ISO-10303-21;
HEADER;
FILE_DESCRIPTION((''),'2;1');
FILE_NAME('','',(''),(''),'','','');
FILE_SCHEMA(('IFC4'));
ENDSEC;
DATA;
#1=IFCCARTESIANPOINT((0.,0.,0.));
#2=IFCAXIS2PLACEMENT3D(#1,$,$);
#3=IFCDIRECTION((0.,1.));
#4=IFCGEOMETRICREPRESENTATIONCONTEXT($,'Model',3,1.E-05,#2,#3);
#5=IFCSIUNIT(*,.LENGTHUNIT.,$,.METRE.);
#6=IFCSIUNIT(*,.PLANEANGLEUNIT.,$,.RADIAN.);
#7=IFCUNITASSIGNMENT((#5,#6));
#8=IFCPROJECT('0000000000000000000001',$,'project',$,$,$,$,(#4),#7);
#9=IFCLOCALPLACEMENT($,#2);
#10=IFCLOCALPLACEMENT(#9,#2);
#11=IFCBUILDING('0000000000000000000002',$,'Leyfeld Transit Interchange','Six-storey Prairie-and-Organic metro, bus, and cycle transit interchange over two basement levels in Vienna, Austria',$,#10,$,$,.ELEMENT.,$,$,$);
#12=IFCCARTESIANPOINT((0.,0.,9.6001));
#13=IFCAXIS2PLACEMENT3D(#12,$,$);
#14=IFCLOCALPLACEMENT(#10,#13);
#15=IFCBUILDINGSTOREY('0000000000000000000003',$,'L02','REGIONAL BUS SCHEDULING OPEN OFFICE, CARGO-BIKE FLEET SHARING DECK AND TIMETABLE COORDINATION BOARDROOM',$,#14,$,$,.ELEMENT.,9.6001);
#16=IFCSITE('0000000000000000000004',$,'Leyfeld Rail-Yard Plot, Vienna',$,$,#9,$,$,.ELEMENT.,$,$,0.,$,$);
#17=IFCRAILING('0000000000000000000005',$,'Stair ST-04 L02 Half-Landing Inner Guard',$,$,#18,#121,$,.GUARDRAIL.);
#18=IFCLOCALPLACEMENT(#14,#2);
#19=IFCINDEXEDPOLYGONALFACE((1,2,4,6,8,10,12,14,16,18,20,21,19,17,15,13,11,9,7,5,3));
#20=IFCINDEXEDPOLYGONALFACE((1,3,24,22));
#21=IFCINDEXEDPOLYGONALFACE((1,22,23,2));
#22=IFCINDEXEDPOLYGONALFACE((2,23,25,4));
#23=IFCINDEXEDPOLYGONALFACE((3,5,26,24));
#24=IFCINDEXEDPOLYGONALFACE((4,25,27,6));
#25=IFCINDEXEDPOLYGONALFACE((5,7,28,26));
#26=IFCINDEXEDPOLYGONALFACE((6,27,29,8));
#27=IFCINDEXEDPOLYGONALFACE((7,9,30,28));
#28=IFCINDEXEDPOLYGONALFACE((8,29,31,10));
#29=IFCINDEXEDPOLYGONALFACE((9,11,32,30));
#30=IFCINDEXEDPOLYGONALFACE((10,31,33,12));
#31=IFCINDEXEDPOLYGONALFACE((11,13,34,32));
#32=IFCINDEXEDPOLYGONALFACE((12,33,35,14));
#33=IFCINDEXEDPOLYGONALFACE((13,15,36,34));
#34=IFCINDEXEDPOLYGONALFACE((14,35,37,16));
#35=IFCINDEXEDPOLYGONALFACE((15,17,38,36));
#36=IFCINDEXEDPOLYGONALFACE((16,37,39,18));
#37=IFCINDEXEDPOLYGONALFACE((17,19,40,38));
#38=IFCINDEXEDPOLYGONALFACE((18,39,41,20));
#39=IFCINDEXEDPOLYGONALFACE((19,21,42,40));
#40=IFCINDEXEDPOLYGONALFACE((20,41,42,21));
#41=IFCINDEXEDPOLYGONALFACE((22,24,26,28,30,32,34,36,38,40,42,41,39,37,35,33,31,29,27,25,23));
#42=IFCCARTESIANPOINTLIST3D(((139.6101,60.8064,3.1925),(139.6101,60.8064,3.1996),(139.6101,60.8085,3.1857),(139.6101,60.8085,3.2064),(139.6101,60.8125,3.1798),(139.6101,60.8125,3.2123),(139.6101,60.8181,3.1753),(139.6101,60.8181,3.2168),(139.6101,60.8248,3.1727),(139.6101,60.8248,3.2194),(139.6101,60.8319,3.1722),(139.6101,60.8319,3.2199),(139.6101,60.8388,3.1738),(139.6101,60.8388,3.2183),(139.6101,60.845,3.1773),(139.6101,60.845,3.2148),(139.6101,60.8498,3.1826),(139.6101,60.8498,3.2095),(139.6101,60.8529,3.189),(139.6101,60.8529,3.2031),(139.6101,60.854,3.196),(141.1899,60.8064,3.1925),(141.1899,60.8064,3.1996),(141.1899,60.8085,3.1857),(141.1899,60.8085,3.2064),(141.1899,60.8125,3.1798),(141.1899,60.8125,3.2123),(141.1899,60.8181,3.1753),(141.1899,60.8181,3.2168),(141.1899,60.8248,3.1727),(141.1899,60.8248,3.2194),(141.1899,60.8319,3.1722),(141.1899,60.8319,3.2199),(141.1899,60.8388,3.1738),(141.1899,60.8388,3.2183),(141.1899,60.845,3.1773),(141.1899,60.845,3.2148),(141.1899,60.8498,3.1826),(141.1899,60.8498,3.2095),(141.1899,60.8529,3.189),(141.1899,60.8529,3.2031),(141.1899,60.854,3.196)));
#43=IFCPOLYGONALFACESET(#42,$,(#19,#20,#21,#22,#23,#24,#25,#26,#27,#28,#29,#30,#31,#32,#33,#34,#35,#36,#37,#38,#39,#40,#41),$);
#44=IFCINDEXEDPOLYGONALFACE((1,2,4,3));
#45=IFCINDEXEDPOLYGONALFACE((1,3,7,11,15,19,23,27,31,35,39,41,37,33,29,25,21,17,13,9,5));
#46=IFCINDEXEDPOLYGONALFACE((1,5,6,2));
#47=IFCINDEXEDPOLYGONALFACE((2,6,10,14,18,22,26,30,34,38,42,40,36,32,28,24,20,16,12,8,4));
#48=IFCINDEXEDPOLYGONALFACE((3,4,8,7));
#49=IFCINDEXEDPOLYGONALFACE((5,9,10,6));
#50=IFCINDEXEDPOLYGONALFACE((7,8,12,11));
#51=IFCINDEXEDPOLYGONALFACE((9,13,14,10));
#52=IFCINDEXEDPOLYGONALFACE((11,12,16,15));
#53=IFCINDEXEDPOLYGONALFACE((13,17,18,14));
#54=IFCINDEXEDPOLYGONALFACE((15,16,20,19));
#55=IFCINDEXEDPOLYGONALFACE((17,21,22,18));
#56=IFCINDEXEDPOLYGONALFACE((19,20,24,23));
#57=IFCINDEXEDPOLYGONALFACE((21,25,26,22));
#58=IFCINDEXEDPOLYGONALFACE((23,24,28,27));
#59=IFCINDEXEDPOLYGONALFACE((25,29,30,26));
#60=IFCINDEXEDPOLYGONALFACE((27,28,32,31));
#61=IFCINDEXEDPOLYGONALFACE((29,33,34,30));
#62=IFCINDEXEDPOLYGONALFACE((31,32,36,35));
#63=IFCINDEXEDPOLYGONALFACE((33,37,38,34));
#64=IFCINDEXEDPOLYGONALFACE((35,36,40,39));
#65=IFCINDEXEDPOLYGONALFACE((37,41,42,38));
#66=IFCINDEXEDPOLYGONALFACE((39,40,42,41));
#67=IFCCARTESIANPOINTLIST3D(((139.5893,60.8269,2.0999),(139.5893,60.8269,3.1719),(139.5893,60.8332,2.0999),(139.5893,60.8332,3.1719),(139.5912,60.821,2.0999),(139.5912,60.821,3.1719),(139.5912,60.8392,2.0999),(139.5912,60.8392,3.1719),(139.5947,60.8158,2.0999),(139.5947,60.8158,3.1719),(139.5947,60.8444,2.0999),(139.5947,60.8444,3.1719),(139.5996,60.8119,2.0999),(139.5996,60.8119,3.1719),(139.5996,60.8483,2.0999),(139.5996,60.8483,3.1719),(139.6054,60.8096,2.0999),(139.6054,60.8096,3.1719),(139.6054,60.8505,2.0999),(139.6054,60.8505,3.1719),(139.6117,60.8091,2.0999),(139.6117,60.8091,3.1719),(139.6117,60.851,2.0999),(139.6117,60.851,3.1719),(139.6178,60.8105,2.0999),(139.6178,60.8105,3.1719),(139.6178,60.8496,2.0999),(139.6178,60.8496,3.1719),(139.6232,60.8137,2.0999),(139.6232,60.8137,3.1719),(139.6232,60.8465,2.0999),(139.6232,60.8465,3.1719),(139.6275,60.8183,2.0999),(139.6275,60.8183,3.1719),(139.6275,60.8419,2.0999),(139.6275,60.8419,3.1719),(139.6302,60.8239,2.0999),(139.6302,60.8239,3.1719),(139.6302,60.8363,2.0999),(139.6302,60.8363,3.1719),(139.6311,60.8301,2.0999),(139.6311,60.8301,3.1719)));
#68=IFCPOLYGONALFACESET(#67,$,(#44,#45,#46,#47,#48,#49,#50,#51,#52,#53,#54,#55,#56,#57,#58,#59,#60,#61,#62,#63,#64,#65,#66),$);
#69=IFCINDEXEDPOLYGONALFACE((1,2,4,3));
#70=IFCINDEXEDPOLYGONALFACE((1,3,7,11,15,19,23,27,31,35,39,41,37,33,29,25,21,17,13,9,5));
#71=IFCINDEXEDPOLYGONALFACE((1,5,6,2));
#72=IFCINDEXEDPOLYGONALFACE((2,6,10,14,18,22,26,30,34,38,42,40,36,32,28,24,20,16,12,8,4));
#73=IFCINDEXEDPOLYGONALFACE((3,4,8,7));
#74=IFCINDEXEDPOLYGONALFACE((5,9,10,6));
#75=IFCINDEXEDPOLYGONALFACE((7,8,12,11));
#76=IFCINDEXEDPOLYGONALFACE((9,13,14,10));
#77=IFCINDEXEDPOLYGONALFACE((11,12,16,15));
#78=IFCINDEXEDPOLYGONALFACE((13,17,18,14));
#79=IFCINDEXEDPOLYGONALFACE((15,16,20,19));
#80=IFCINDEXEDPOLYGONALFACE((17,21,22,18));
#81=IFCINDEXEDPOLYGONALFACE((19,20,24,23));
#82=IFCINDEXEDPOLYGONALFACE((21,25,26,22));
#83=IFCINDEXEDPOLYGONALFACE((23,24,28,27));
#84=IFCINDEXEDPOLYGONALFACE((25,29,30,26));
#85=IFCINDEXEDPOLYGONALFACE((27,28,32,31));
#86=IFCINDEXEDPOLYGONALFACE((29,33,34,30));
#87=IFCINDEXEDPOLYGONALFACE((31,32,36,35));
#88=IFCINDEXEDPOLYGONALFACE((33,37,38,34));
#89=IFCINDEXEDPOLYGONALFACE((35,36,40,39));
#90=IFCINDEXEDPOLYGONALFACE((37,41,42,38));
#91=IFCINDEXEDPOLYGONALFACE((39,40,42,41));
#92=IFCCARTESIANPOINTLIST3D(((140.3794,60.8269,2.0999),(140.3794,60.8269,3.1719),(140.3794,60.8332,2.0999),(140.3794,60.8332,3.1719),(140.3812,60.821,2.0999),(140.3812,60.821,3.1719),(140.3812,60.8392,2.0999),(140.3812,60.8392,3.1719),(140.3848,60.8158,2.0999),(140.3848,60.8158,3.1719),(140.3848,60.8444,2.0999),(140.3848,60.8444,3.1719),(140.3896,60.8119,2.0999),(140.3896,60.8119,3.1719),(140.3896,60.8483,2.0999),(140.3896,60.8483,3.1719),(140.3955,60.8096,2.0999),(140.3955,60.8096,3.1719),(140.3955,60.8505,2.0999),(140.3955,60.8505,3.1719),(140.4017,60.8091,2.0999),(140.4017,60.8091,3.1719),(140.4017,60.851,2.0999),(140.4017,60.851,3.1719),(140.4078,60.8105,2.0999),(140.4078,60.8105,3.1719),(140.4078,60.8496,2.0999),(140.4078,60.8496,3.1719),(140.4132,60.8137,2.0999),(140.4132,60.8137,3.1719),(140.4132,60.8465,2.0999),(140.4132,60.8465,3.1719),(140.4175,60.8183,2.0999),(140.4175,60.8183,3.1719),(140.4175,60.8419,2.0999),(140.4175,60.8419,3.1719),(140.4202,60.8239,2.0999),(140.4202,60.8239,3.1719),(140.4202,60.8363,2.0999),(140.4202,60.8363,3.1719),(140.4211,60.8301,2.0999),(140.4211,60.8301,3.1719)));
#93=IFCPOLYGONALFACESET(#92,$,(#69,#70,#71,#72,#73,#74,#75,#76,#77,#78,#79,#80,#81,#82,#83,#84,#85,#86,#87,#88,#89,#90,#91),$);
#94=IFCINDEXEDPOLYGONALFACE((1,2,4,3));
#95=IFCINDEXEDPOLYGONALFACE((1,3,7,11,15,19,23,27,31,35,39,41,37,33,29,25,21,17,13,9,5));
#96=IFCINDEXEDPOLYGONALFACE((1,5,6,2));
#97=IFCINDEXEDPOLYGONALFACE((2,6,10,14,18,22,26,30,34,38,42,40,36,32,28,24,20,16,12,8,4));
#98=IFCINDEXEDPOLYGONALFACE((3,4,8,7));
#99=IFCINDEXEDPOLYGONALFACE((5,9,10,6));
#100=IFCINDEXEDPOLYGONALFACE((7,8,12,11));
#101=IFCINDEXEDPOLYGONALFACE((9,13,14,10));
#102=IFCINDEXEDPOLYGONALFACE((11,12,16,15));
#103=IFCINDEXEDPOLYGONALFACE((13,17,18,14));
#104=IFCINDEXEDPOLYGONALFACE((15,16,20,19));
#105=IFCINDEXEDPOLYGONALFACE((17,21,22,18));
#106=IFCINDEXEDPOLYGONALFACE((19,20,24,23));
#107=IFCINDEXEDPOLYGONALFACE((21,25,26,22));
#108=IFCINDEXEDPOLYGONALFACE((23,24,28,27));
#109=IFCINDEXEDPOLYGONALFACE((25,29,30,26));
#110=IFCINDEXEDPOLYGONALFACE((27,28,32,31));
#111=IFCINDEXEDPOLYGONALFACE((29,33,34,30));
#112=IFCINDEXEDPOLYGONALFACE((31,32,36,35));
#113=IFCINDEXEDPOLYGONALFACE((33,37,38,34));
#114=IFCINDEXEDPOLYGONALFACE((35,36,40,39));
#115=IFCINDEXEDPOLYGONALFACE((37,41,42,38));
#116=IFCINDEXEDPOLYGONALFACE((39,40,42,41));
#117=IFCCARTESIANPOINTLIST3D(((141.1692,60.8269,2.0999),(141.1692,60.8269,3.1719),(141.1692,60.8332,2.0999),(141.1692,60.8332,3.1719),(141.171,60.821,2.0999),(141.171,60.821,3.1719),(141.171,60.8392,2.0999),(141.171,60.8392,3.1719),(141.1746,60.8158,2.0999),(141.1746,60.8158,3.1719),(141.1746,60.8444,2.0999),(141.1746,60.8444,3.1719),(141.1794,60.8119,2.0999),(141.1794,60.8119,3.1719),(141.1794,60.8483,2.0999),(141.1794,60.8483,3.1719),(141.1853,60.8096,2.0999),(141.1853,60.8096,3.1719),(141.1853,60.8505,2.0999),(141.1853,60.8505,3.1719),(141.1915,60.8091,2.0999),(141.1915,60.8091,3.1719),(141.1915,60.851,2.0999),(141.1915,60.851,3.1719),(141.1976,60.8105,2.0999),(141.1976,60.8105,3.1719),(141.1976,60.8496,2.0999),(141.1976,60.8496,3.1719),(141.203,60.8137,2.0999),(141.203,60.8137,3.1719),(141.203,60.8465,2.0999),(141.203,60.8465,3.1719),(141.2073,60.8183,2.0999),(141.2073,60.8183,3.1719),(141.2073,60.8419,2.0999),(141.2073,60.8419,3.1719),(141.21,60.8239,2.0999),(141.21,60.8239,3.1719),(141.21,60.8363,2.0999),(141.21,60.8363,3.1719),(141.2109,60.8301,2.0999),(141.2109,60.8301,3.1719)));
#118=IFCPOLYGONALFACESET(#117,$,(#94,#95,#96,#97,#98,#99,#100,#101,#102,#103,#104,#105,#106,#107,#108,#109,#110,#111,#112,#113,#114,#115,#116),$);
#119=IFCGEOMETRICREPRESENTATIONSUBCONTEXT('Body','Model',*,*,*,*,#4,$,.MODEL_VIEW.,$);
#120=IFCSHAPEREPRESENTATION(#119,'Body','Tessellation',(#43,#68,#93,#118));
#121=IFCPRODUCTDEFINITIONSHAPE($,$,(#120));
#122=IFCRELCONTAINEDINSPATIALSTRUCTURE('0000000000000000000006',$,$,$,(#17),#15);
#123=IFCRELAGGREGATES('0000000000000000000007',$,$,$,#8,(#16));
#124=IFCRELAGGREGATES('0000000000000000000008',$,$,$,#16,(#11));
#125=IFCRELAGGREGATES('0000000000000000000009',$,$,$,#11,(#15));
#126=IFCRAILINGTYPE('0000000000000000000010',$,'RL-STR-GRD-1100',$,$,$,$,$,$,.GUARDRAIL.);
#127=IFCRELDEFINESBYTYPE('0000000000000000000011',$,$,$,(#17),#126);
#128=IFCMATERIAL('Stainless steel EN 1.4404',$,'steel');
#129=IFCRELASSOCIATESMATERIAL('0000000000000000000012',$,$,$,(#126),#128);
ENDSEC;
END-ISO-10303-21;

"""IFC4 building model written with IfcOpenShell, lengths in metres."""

from ifc_helpers import new_model, si_unit, direction, frame, origin, origin_2d, place, context, subcontext, project, spatial, circle, extrude, material, type_object, element, save


model = new_model("IFC4")

# Units and contexts
model_context = context("Model", 3, precision=1e-05, world=origin(), true_north=direction((0.0, 1.0)))
body_context = subcontext(model_context, "Body", "Model", "MODEL_VIEW")
ifc_project = project(units=[si_unit("LENGTHUNIT", "METRE"), si_unit("PLANEANGLEUNIT", "RADIAN")], contexts=[model_context])

# Site, building, storey
site_placement = place(None, origin())
site = spatial("IfcSite", under=ifc_project, at=site_placement, Name="Leyfeld Rail-Yard Plot, Vienna", CompositionType="ELEMENT", RefElevation=0.0)
building_placement = place(site_placement, origin())
building = spatial("IfcBuilding", under=site, at=building_placement, Name="Leyfeld Transit Interchange", Description="Six-storey Prairie-and-Organic metro, bus, and cycle transit interchange over two basement levels in Vienna, Austria", CompositionType="ELEMENT")
storey_placement = place(building_placement, frame((0.0, 0.0, 9.6001)))
storey = spatial("IfcBuildingStorey", under=building, at=storey_placement, Name="L02", Description="REGIONAL BUS SCHEDULING OPEN OFFICE, CARGO-BIKE FLEET SHARING DECK AND TIMETABLE COORDINATION BOARDROOM", CompositionType="ELEMENT", Elevation=9.6001)

# Railing
ifc_material_1 = material(Name="Stainless steel EN 1.4404", Category="steel")
railing_type_1 = type_object("IfcRailingType", Name="RL-STR-GRD-1100", PredefinedType="GUARDRAIL", material=ifc_material_1)
railing_1_placement = place(storey_placement, frame((139.6101, 60.8301, 2.0999)))
element("IfcRailing", 1, at=railing_1_placement, inside=storey, type_object=railing_type_1, Name="Stair ST-04 L02 Half-Landing Inner Guard", PredefinedType="GUARDRAIL", context=body_context, shape_type="SweptSolid", body=[
    extrude(circle(Radius=0.0239, at=origin_2d()), frame((0.0, 0.0, 1.0962), z_axis=(1.0, 0.0, 0.0), x_axis=(0.0, 1.0, 0.0)), (0.0, 0.0, 1.0), 1.5798),
    extrude(circle(Radius=0.021, at=origin_2d()), origin(), (0.0, 0.0, 1.0), 1.072),
    extrude(circle(Radius=0.021, at=origin_2d()), frame((0.79, 0.0, 0.0)), (0.0, 0.0, 1.0), 1.072),
    extrude(circle(Radius=0.021, at=origin_2d()), frame((1.5798, 0.0, 0.0)), (0.0, 0.0, 1.0), 1.072),
])

save(model, "model.ifc")
